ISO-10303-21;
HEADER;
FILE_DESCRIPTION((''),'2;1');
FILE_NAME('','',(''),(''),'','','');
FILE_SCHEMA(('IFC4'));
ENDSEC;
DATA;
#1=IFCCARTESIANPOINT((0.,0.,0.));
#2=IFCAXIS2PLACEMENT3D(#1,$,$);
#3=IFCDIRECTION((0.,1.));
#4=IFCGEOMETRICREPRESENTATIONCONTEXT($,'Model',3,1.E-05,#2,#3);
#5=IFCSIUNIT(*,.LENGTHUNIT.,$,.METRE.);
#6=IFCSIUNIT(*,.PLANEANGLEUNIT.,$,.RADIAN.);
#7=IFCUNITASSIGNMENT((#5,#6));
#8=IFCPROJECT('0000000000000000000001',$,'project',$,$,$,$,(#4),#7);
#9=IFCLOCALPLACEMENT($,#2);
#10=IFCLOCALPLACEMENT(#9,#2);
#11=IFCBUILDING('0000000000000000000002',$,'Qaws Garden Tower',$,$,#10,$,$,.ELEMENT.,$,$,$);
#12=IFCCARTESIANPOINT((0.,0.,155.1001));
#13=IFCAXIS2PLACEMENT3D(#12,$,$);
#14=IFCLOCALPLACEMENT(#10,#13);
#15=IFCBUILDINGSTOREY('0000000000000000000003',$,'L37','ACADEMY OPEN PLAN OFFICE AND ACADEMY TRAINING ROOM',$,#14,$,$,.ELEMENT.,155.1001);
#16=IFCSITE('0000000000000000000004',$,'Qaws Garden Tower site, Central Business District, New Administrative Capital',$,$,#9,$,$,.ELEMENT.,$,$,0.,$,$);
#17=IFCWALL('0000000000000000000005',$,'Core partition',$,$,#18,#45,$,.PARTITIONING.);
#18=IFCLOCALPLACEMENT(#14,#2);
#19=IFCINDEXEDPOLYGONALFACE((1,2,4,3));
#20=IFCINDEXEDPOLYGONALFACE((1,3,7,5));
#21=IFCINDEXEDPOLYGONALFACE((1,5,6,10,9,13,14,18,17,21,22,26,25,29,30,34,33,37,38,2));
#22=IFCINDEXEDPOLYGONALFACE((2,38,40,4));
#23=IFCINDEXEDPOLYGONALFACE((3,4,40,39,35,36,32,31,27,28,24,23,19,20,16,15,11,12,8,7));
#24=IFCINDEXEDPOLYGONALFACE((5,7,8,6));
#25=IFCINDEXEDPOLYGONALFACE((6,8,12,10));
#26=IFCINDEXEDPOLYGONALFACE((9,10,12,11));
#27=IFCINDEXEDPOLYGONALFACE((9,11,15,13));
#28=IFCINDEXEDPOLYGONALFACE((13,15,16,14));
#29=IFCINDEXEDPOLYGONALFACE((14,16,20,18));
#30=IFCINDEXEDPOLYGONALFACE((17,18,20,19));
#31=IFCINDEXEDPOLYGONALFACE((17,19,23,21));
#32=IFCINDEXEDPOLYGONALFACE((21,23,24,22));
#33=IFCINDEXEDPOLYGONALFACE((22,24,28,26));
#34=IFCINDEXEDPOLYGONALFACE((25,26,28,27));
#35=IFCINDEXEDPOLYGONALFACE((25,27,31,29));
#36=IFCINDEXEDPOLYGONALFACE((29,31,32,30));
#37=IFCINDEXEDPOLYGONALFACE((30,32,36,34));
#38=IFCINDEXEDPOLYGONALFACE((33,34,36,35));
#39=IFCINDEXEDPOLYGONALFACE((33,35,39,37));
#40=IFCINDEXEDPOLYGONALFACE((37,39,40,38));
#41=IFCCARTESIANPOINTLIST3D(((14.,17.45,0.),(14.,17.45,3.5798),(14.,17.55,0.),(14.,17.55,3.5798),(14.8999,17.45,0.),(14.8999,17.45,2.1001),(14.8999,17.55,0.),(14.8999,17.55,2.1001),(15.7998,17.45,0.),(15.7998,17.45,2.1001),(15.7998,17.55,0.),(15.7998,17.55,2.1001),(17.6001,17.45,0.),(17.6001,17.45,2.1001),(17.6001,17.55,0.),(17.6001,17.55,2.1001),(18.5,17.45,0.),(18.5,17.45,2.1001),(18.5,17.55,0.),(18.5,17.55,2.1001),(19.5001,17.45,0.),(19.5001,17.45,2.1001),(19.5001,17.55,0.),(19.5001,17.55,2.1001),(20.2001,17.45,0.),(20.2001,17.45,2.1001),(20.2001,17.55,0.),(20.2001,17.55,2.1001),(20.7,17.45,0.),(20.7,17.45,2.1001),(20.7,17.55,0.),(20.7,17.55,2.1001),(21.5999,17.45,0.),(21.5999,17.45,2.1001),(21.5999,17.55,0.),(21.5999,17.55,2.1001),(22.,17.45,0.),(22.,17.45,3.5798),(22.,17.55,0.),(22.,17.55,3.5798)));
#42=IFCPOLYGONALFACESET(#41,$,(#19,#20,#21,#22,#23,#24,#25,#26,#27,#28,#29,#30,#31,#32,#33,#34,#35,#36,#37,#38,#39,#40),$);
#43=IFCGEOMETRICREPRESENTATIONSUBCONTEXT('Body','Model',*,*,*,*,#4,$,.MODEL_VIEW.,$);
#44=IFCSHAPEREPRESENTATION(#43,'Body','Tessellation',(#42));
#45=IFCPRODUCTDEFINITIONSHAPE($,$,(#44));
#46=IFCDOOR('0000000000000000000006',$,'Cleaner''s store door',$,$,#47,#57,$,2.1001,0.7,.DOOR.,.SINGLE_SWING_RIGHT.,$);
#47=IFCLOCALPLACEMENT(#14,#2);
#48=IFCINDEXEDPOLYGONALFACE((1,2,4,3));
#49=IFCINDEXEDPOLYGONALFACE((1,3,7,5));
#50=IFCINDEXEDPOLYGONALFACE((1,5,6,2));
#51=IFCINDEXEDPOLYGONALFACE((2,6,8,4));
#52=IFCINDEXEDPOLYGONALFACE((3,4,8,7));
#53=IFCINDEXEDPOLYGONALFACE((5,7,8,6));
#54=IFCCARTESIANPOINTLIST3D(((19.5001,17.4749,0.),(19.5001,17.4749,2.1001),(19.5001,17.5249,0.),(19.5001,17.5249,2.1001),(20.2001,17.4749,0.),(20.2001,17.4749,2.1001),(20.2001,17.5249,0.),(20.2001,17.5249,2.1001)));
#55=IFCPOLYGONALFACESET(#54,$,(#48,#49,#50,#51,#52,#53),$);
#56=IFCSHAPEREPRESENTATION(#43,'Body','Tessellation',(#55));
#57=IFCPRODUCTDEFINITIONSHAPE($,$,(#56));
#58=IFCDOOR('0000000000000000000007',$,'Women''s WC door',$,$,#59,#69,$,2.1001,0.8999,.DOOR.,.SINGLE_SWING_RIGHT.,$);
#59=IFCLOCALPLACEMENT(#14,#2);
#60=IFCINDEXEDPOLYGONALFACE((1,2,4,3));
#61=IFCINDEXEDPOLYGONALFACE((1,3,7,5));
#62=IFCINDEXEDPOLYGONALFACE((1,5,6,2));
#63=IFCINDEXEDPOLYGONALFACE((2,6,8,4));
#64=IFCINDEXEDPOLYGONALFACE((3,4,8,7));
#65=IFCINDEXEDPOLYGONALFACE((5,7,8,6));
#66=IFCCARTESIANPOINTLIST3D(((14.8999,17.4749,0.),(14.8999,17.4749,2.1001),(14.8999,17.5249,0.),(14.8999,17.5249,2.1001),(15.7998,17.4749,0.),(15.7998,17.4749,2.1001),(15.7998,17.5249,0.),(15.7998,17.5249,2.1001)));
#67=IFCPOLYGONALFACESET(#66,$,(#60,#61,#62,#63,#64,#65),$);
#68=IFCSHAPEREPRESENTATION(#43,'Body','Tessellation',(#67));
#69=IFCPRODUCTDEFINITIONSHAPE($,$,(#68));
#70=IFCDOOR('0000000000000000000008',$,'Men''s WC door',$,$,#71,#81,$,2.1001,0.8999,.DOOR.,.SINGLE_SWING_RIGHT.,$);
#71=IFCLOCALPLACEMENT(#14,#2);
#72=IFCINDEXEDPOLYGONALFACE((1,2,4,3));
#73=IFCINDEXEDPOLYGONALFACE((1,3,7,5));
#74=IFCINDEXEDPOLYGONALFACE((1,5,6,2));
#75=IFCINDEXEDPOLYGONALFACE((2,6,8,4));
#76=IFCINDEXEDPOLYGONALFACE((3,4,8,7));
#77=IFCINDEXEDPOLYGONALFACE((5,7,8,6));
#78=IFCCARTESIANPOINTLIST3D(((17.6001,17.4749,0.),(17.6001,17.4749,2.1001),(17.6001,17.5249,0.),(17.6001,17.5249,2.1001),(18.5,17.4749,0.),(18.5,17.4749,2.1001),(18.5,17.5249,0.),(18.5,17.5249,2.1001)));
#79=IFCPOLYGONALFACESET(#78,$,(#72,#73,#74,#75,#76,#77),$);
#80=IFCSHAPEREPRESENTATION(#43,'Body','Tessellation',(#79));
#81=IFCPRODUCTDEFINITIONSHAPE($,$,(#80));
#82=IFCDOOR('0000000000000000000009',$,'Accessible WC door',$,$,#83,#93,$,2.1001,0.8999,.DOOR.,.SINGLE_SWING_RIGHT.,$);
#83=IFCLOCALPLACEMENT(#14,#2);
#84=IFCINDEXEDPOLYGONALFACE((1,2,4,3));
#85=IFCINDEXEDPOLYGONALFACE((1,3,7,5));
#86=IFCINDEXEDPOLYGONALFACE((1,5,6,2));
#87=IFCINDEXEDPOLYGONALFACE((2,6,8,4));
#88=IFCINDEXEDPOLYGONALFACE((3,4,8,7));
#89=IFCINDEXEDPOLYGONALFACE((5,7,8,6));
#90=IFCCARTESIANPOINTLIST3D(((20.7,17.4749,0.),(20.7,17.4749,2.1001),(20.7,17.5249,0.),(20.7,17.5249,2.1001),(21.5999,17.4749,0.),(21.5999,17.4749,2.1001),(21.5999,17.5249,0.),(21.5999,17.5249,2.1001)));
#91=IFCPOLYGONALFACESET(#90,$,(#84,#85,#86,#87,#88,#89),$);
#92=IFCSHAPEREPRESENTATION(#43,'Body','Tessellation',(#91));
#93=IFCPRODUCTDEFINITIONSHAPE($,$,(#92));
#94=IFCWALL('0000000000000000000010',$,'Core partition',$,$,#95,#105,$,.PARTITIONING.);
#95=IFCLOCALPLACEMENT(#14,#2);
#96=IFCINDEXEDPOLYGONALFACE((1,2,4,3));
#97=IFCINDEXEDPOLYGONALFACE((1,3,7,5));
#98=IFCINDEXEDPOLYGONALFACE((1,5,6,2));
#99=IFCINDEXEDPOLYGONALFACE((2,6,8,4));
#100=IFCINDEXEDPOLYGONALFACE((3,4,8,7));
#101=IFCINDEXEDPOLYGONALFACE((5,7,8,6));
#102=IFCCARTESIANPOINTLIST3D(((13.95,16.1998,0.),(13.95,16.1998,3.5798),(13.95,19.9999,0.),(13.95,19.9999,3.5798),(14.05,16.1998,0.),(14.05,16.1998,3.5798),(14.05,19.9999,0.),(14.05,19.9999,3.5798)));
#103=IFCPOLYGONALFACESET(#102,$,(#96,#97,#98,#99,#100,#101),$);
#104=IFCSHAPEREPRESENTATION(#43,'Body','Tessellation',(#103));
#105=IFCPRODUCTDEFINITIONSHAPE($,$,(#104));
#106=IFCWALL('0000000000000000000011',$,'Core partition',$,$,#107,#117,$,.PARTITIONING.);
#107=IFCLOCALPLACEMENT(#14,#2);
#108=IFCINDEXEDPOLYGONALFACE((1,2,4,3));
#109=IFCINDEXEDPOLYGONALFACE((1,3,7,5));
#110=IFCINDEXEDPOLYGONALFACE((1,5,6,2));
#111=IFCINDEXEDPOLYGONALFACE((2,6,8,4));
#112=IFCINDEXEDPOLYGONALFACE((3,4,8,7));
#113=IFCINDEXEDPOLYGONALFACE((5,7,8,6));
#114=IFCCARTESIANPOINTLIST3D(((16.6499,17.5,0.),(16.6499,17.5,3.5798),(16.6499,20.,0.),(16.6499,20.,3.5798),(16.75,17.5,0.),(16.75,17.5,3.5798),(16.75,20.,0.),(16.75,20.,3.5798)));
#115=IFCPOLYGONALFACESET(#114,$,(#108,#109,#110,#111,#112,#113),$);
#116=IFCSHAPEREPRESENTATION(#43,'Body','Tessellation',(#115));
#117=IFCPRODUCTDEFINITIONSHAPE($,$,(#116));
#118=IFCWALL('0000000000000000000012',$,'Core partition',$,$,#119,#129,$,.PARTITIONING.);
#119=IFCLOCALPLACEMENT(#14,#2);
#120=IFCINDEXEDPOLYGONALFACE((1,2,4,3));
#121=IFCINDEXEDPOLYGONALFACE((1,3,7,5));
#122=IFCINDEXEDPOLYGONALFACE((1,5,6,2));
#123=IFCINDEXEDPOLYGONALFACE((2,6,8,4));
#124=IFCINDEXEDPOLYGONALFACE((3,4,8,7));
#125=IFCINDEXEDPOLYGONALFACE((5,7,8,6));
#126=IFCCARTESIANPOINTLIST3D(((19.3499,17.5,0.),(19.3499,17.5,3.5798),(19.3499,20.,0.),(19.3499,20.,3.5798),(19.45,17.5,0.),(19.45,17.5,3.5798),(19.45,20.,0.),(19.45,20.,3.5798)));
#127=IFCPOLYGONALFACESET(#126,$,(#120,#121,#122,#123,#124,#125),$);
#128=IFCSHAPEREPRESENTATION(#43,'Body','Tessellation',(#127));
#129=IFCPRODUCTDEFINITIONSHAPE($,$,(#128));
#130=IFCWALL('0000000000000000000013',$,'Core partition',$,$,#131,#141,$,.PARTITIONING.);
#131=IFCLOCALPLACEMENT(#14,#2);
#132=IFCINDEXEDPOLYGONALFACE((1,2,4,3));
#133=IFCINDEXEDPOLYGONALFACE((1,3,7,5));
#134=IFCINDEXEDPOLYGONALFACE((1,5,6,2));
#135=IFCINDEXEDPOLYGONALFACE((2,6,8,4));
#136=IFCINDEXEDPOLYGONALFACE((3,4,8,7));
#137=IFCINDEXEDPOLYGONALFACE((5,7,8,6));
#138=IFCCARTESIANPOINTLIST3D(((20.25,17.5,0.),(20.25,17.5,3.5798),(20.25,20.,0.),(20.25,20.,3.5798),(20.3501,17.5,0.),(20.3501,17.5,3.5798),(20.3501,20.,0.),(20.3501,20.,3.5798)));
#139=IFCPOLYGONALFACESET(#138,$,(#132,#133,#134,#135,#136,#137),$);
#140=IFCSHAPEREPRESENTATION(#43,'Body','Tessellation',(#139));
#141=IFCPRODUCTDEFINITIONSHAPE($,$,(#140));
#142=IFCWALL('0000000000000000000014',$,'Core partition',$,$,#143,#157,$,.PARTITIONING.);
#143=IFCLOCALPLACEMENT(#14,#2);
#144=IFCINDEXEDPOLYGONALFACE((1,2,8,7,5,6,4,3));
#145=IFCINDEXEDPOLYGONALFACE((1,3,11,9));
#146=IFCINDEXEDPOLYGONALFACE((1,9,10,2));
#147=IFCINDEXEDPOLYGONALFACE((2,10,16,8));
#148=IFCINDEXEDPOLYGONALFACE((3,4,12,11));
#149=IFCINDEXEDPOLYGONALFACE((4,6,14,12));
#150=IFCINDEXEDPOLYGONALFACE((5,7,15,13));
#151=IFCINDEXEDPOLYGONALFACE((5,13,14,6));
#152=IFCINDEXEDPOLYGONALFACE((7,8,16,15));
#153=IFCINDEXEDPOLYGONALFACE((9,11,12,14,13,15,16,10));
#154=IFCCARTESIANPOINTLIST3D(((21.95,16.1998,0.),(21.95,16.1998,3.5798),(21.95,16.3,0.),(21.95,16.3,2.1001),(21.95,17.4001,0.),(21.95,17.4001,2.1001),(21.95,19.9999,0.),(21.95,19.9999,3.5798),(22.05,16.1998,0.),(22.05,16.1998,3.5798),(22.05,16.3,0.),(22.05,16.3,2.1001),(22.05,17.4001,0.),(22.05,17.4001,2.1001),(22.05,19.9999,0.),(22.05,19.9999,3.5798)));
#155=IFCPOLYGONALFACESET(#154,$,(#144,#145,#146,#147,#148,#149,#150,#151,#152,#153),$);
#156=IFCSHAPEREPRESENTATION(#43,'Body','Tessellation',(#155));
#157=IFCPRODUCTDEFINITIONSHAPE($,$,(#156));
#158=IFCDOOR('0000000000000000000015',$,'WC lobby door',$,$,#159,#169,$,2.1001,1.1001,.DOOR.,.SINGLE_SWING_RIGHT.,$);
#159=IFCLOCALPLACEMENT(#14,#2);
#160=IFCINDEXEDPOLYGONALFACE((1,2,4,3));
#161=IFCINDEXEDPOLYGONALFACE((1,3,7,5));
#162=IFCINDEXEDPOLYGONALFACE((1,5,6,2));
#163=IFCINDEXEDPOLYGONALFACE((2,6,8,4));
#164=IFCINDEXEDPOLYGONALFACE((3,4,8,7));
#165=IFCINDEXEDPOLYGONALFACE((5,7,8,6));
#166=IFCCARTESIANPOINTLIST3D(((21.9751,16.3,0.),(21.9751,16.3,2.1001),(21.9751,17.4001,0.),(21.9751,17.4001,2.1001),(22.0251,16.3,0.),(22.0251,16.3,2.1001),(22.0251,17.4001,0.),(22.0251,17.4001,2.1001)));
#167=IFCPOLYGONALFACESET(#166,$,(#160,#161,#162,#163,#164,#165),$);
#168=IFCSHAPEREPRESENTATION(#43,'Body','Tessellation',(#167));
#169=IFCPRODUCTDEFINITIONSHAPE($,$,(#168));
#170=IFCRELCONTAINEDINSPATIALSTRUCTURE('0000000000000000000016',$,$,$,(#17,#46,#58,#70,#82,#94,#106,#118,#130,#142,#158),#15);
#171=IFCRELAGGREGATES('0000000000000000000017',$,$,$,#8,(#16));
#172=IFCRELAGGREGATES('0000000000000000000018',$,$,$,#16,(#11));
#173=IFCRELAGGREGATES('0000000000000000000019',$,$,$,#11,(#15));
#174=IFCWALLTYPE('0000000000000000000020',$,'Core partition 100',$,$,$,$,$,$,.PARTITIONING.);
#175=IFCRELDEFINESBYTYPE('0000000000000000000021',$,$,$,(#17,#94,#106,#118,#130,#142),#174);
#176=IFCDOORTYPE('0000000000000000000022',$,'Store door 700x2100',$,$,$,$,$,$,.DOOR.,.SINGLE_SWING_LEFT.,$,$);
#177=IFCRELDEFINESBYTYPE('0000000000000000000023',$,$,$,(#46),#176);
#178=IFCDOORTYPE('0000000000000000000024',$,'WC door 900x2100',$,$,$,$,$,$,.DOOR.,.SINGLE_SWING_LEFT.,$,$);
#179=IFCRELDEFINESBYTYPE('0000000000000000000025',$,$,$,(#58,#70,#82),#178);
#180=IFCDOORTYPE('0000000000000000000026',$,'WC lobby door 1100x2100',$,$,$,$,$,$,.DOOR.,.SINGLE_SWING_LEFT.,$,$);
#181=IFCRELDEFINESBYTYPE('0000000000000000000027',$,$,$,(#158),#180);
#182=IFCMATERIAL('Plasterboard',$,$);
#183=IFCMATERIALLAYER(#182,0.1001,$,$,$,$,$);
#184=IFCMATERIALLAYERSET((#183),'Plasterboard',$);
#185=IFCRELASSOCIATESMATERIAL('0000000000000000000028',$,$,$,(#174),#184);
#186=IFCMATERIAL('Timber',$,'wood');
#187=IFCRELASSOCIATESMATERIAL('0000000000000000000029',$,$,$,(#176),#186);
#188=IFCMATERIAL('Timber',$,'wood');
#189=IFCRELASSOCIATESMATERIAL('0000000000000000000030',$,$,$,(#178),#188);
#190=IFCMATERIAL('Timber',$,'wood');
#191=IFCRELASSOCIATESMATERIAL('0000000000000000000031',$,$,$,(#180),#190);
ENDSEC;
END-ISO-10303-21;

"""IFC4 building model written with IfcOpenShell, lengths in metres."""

from ifc_helpers import new_model, si_unit, direction, frame, frame_2d, origin, place, context, subcontext, project, spatial, rectangle, extrude, material, layer, layer_set, type_object, element, fill, save


model = new_model("IFC4")

# Units and contexts
model_context = context("Model", 3, precision=1e-05, world=origin(), true_north=direction((0.0, 1.0)))
body_context = subcontext(model_context, "Body", "Model", "MODEL_VIEW")
ifc_project = project(units=[si_unit("LENGTHUNIT", "METRE"), si_unit("PLANEANGLEUNIT", "RADIAN")], contexts=[model_context])

# Site, building, storey
site_placement = place(None, origin())
site = spatial("IfcSite", under=ifc_project, at=site_placement, Name="Qaws Garden Tower site, Central Business District, New Administrative Capital", CompositionType="ELEMENT", RefElevation=0.0)
building_placement = place(site_placement, origin())
building = spatial("IfcBuilding", under=site, at=building_placement, Name="Qaws Garden Tower", CompositionType="ELEMENT")
storey_placement = place(building_placement, frame((0.0, 0.0, 155.1001)))
storey = spatial("IfcBuildingStorey", under=building, at=storey_placement, Name="L37", Description="ACADEMY OPEN PLAN OFFICE AND ACADEMY TRAINING ROOM", CompositionType="ELEMENT", Elevation=155.1001)

# Wall, openings, doors
ifc_material_1 = material(Name="Plasterboard")
ifc_layer_1 = layer(ifc_material_1, 0.1001)
ifc_layer_set_1 = layer_set([ifc_layer_1], Name="Plasterboard")
wall_type_1 = type_object("IfcWallType", Name="Core partition 100", PredefinedType="PARTITIONING", material=ifc_layer_set_1)
wall_1_placement = place(storey_placement, frame((14.0, 17.5, 0.0), z_axis=(0.0, 0.0, 1.0), x_axis=(1.0, 0.0, 0.0)))
wall_1 = element("IfcWall", 1, at=wall_1_placement, inside=storey, type_object=wall_type_1, Name="Core partition", PredefinedType="PARTITIONING", context=body_context, shape_type="SweptSolid", body=[
    extrude(rectangle(XDim=8.0, YDim=0.1001, at=frame_2d((4.0, 0.0))), origin(), (0.0, 0.0, 1.0), 3.5798),
])
opening_1_placement = place(wall_1_placement, frame((0.8999, 0.0, 0.0)))
opening_1 = element("IfcOpeningElement", 2, at=opening_1_placement, cuts=wall_1, PredefinedType="OPENING", context=body_context, shape_type="SweptSolid", body=[
    extrude(rectangle(XDim=0.8999, YDim=2.1001, at=frame_2d((0.45, 1.05))), frame((0.0, 0.0601, 0.0), z_axis=(0.0, -1.0, 0.0), x_axis=(1.0, 0.0, 0.0)), (0.0, 0.0, 1.0), 0.1201),
])
opening_2_placement = place(wall_1_placement, frame((3.6001, 0.0, 0.0)))
opening_2 = element("IfcOpeningElement", 3, at=opening_2_placement, cuts=wall_1, PredefinedType="OPENING", context=body_context, shape_type="SweptSolid", body=[
    extrude(rectangle(XDim=0.8999, YDim=2.1001, at=frame_2d((0.45, 1.05))), frame((0.0, 0.0601, 0.0), z_axis=(0.0, -1.0, 0.0), x_axis=(1.0, 0.0, 0.0)), (0.0, 0.0, 1.0), 0.1201),
])
opening_3_placement = place(wall_1_placement, frame((5.5, 0.0, 0.0)))
opening_3 = element("IfcOpeningElement", 4, at=opening_3_placement, cuts=wall_1, PredefinedType="OPENING", context=body_context, shape_type="SweptSolid", body=[
    extrude(rectangle(XDim=0.7, YDim=2.1001, at=frame_2d((0.3501, 1.05))), frame((0.0, 0.0601, 0.0), z_axis=(0.0, -1.0, 0.0), x_axis=(1.0, 0.0, 0.0)), (0.0, 0.0, 1.0), 0.1201),
])
opening_4_placement = place(wall_1_placement, frame((6.7, 0.0, 0.0)))
opening_4 = element("IfcOpeningElement", 5, at=opening_4_placement, cuts=wall_1, PredefinedType="OPENING", context=body_context, shape_type="SweptSolid", body=[
    extrude(rectangle(XDim=0.8999, YDim=2.1001, at=frame_2d((0.45, 1.05))), frame((0.0, 0.0601, 0.0), z_axis=(0.0, -1.0, 0.0), x_axis=(1.0, 0.0, 0.0)), (0.0, 0.0, 1.0), 0.1201),
])
ifc_material_2 = material(Name="Timber", Category="wood")
door_type_1 = type_object("IfcDoorType", Name="Store door 700x2100", OperationType="SINGLE_SWING_LEFT", PredefinedType="DOOR", material=ifc_material_2)
door_1_placement = place(opening_3_placement, origin())
door_1 = element("IfcDoor", 6, at=door_1_placement, inside=storey, type_object=door_type_1, Name="Cleaner's store door", OperationType="SINGLE_SWING_RIGHT", OverallHeight=2.1001, OverallWidth=0.7, PredefinedType="DOOR", context=body_context, shape_type="SweptSolid", body=[
    extrude(rectangle(XDim=0.7, YDim=2.1001, at=frame_2d((0.3501, 1.05))), frame((0.0, 0.0249, 0.0), z_axis=(0.0, -1.0, 0.0), x_axis=(1.0, 0.0, 0.0)), (0.0, 0.0, 1.0), 0.05),
])
fill(opening_3, door_1)
ifc_material_3 = material(Name="Timber", Category="wood")
door_type_2 = type_object("IfcDoorType", Name="WC door 900x2100", OperationType="SINGLE_SWING_LEFT", PredefinedType="DOOR", material=ifc_material_3)
door_2_placement = place(opening_1_placement, origin())
door_2 = element("IfcDoor", 7, at=door_2_placement, inside=storey, type_object=door_type_2, Name="Women's WC door", OperationType="SINGLE_SWING_RIGHT", OverallHeight=2.1001, OverallWidth=0.8999, PredefinedType="DOOR", context=body_context, shape_type="SweptSolid", body=[
    extrude(rectangle(XDim=0.8999, YDim=2.1001, at=frame_2d((0.45, 1.05))), frame((0.0, 0.0249, 0.0), z_axis=(0.0, -1.0, 0.0), x_axis=(1.0, 0.0, 0.0)), (0.0, 0.0, 1.0), 0.05),
])
fill(opening_1, door_2)
door_3_placement = place(opening_2_placement, origin())
door_3 = element("IfcDoor", 8, at=door_3_placement, inside=storey, type_object=door_type_2, Name="Men's WC door", OperationType="SINGLE_SWING_RIGHT", OverallHeight=2.1001, OverallWidth=0.8999, PredefinedType="DOOR", context=body_context, shape_type="SweptSolid", body=[
    extrude(rectangle(XDim=0.8999, YDim=2.1001, at=frame_2d((0.45, 1.05))), frame((0.0, 0.0249, 0.0), z_axis=(0.0, -1.0, 0.0), x_axis=(1.0, 0.0, 0.0)), (0.0, 0.0, 1.0), 0.05),
])
fill(opening_2, door_3)
door_4_placement = place(opening_4_placement, origin())
door_4 = element("IfcDoor", 9, at=door_4_placement, inside=storey, type_object=door_type_2, Name="Accessible WC door", OperationType="SINGLE_SWING_RIGHT", OverallHeight=2.1001, OverallWidth=0.8999, PredefinedType="DOOR", context=body_context, shape_type="SweptSolid", body=[
    extrude(rectangle(XDim=0.8999, YDim=2.1001, at=frame_2d((0.45, 1.05))), frame((0.0, 0.0249, 0.0), z_axis=(0.0, -1.0, 0.0), x_axis=(1.0, 0.0, 0.0)), (0.0, 0.0, 1.0), 0.05),
])
fill(opening_4, door_4)

# Walls
wall_2_placement = place(storey_placement, frame((14.0, 16.2, 0.0), z_axis=(0.0, 0.0, 1.0), x_axis=(0.0, 1.0, 0.0)))
element("IfcWall", 10, at=wall_2_placement, inside=storey, type_object=wall_type_1, Name="Core partition", PredefinedType="PARTITIONING", context=body_context, shape_type="SweptSolid", body=[
    extrude(rectangle(XDim=3.8, YDim=0.1001, at=frame_2d((1.8999, 0.0))), origin(), (0.0, 0.0, 1.0), 3.5798),
])
for number, where, z_axis, x_axis, name in (
    (11, (16.7, 17.5, 0.0), (0.0, 0.0, 1.0), (0.0, 1.0, 0.0), "Core partition"),
    (12, (19.3999, 17.5, 0.0), (0.0, 0.0, 1.0), (0.0, 1.0, 0.0), "Core partition"),
    (13, (20.3, 17.5, 0.0), (0.0, 0.0, 1.0), (0.0, 1.0, 0.0), "Core partition"),
):
    element("IfcWall", number, at=place(storey_placement, frame(where, z_axis=z_axis, x_axis=x_axis)), inside=storey, type_object=wall_type_1, Name=name, PredefinedType="PARTITIONING", context=body_context, shape_type="SweptSolid", body=[
        extrude(rectangle(XDim=2.5, YDim=0.1001, at=frame_2d((1.25, 0.0))), origin(), (0.0, 0.0, 1.0), 3.5798),
    ])

# Wall, opening, door
wall_3_placement = place(storey_placement, frame((22.0, 16.2, 0.0), z_axis=(0.0, 0.0, 1.0), x_axis=(0.0, 1.0, 0.0)))
wall_3 = element("IfcWall", 14, at=wall_3_placement, inside=storey, type_object=wall_type_1, Name="Core partition", PredefinedType="PARTITIONING", context=body_context, shape_type="SweptSolid", body=[
    extrude(rectangle(XDim=3.8, YDim=0.1001, at=frame_2d((1.8999, 0.0))), origin(), (0.0, 0.0, 1.0), 3.5798),
])
opening_5_placement = place(wall_3_placement, frame((0.1001, 0.0, 0.0)))
opening_5 = element("IfcOpeningElement", 15, at=opening_5_placement, cuts=wall_3, PredefinedType="OPENING", context=body_context, shape_type="SweptSolid", body=[
    extrude(rectangle(XDim=1.1001, YDim=2.1001, at=frame_2d((0.55, 1.05))), frame((0.0, 0.0601, 0.0), z_axis=(0.0, -1.0, 0.0), x_axis=(1.0, 0.0, 0.0)), (0.0, 0.0, 1.0), 0.1201),
])
ifc_material_4 = material(Name="Timber", Category="wood")
door_type_3 = type_object("IfcDoorType", Name="WC lobby door 1100x2100", OperationType="SINGLE_SWING_LEFT", PredefinedType="DOOR", material=ifc_material_4)
door_5_placement = place(opening_5_placement, origin())
door_5 = element("IfcDoor", 16, at=door_5_placement, inside=storey, type_object=door_type_3, Name="WC lobby door", OperationType="SINGLE_SWING_RIGHT", OverallHeight=2.1001, OverallWidth=1.1001, PredefinedType="DOOR", context=body_context, shape_type="SweptSolid", body=[
    extrude(rectangle(XDim=1.1001, YDim=2.1001, at=frame_2d((0.55, 1.05))), frame((0.0, 0.0249, 0.0), z_axis=(0.0, -1.0, 0.0), x_axis=(1.0, 0.0, 0.0)), (0.0, 0.0, 1.0), 0.05),
])
fill(opening_5, door_5)

save(model, "model.ifc")
